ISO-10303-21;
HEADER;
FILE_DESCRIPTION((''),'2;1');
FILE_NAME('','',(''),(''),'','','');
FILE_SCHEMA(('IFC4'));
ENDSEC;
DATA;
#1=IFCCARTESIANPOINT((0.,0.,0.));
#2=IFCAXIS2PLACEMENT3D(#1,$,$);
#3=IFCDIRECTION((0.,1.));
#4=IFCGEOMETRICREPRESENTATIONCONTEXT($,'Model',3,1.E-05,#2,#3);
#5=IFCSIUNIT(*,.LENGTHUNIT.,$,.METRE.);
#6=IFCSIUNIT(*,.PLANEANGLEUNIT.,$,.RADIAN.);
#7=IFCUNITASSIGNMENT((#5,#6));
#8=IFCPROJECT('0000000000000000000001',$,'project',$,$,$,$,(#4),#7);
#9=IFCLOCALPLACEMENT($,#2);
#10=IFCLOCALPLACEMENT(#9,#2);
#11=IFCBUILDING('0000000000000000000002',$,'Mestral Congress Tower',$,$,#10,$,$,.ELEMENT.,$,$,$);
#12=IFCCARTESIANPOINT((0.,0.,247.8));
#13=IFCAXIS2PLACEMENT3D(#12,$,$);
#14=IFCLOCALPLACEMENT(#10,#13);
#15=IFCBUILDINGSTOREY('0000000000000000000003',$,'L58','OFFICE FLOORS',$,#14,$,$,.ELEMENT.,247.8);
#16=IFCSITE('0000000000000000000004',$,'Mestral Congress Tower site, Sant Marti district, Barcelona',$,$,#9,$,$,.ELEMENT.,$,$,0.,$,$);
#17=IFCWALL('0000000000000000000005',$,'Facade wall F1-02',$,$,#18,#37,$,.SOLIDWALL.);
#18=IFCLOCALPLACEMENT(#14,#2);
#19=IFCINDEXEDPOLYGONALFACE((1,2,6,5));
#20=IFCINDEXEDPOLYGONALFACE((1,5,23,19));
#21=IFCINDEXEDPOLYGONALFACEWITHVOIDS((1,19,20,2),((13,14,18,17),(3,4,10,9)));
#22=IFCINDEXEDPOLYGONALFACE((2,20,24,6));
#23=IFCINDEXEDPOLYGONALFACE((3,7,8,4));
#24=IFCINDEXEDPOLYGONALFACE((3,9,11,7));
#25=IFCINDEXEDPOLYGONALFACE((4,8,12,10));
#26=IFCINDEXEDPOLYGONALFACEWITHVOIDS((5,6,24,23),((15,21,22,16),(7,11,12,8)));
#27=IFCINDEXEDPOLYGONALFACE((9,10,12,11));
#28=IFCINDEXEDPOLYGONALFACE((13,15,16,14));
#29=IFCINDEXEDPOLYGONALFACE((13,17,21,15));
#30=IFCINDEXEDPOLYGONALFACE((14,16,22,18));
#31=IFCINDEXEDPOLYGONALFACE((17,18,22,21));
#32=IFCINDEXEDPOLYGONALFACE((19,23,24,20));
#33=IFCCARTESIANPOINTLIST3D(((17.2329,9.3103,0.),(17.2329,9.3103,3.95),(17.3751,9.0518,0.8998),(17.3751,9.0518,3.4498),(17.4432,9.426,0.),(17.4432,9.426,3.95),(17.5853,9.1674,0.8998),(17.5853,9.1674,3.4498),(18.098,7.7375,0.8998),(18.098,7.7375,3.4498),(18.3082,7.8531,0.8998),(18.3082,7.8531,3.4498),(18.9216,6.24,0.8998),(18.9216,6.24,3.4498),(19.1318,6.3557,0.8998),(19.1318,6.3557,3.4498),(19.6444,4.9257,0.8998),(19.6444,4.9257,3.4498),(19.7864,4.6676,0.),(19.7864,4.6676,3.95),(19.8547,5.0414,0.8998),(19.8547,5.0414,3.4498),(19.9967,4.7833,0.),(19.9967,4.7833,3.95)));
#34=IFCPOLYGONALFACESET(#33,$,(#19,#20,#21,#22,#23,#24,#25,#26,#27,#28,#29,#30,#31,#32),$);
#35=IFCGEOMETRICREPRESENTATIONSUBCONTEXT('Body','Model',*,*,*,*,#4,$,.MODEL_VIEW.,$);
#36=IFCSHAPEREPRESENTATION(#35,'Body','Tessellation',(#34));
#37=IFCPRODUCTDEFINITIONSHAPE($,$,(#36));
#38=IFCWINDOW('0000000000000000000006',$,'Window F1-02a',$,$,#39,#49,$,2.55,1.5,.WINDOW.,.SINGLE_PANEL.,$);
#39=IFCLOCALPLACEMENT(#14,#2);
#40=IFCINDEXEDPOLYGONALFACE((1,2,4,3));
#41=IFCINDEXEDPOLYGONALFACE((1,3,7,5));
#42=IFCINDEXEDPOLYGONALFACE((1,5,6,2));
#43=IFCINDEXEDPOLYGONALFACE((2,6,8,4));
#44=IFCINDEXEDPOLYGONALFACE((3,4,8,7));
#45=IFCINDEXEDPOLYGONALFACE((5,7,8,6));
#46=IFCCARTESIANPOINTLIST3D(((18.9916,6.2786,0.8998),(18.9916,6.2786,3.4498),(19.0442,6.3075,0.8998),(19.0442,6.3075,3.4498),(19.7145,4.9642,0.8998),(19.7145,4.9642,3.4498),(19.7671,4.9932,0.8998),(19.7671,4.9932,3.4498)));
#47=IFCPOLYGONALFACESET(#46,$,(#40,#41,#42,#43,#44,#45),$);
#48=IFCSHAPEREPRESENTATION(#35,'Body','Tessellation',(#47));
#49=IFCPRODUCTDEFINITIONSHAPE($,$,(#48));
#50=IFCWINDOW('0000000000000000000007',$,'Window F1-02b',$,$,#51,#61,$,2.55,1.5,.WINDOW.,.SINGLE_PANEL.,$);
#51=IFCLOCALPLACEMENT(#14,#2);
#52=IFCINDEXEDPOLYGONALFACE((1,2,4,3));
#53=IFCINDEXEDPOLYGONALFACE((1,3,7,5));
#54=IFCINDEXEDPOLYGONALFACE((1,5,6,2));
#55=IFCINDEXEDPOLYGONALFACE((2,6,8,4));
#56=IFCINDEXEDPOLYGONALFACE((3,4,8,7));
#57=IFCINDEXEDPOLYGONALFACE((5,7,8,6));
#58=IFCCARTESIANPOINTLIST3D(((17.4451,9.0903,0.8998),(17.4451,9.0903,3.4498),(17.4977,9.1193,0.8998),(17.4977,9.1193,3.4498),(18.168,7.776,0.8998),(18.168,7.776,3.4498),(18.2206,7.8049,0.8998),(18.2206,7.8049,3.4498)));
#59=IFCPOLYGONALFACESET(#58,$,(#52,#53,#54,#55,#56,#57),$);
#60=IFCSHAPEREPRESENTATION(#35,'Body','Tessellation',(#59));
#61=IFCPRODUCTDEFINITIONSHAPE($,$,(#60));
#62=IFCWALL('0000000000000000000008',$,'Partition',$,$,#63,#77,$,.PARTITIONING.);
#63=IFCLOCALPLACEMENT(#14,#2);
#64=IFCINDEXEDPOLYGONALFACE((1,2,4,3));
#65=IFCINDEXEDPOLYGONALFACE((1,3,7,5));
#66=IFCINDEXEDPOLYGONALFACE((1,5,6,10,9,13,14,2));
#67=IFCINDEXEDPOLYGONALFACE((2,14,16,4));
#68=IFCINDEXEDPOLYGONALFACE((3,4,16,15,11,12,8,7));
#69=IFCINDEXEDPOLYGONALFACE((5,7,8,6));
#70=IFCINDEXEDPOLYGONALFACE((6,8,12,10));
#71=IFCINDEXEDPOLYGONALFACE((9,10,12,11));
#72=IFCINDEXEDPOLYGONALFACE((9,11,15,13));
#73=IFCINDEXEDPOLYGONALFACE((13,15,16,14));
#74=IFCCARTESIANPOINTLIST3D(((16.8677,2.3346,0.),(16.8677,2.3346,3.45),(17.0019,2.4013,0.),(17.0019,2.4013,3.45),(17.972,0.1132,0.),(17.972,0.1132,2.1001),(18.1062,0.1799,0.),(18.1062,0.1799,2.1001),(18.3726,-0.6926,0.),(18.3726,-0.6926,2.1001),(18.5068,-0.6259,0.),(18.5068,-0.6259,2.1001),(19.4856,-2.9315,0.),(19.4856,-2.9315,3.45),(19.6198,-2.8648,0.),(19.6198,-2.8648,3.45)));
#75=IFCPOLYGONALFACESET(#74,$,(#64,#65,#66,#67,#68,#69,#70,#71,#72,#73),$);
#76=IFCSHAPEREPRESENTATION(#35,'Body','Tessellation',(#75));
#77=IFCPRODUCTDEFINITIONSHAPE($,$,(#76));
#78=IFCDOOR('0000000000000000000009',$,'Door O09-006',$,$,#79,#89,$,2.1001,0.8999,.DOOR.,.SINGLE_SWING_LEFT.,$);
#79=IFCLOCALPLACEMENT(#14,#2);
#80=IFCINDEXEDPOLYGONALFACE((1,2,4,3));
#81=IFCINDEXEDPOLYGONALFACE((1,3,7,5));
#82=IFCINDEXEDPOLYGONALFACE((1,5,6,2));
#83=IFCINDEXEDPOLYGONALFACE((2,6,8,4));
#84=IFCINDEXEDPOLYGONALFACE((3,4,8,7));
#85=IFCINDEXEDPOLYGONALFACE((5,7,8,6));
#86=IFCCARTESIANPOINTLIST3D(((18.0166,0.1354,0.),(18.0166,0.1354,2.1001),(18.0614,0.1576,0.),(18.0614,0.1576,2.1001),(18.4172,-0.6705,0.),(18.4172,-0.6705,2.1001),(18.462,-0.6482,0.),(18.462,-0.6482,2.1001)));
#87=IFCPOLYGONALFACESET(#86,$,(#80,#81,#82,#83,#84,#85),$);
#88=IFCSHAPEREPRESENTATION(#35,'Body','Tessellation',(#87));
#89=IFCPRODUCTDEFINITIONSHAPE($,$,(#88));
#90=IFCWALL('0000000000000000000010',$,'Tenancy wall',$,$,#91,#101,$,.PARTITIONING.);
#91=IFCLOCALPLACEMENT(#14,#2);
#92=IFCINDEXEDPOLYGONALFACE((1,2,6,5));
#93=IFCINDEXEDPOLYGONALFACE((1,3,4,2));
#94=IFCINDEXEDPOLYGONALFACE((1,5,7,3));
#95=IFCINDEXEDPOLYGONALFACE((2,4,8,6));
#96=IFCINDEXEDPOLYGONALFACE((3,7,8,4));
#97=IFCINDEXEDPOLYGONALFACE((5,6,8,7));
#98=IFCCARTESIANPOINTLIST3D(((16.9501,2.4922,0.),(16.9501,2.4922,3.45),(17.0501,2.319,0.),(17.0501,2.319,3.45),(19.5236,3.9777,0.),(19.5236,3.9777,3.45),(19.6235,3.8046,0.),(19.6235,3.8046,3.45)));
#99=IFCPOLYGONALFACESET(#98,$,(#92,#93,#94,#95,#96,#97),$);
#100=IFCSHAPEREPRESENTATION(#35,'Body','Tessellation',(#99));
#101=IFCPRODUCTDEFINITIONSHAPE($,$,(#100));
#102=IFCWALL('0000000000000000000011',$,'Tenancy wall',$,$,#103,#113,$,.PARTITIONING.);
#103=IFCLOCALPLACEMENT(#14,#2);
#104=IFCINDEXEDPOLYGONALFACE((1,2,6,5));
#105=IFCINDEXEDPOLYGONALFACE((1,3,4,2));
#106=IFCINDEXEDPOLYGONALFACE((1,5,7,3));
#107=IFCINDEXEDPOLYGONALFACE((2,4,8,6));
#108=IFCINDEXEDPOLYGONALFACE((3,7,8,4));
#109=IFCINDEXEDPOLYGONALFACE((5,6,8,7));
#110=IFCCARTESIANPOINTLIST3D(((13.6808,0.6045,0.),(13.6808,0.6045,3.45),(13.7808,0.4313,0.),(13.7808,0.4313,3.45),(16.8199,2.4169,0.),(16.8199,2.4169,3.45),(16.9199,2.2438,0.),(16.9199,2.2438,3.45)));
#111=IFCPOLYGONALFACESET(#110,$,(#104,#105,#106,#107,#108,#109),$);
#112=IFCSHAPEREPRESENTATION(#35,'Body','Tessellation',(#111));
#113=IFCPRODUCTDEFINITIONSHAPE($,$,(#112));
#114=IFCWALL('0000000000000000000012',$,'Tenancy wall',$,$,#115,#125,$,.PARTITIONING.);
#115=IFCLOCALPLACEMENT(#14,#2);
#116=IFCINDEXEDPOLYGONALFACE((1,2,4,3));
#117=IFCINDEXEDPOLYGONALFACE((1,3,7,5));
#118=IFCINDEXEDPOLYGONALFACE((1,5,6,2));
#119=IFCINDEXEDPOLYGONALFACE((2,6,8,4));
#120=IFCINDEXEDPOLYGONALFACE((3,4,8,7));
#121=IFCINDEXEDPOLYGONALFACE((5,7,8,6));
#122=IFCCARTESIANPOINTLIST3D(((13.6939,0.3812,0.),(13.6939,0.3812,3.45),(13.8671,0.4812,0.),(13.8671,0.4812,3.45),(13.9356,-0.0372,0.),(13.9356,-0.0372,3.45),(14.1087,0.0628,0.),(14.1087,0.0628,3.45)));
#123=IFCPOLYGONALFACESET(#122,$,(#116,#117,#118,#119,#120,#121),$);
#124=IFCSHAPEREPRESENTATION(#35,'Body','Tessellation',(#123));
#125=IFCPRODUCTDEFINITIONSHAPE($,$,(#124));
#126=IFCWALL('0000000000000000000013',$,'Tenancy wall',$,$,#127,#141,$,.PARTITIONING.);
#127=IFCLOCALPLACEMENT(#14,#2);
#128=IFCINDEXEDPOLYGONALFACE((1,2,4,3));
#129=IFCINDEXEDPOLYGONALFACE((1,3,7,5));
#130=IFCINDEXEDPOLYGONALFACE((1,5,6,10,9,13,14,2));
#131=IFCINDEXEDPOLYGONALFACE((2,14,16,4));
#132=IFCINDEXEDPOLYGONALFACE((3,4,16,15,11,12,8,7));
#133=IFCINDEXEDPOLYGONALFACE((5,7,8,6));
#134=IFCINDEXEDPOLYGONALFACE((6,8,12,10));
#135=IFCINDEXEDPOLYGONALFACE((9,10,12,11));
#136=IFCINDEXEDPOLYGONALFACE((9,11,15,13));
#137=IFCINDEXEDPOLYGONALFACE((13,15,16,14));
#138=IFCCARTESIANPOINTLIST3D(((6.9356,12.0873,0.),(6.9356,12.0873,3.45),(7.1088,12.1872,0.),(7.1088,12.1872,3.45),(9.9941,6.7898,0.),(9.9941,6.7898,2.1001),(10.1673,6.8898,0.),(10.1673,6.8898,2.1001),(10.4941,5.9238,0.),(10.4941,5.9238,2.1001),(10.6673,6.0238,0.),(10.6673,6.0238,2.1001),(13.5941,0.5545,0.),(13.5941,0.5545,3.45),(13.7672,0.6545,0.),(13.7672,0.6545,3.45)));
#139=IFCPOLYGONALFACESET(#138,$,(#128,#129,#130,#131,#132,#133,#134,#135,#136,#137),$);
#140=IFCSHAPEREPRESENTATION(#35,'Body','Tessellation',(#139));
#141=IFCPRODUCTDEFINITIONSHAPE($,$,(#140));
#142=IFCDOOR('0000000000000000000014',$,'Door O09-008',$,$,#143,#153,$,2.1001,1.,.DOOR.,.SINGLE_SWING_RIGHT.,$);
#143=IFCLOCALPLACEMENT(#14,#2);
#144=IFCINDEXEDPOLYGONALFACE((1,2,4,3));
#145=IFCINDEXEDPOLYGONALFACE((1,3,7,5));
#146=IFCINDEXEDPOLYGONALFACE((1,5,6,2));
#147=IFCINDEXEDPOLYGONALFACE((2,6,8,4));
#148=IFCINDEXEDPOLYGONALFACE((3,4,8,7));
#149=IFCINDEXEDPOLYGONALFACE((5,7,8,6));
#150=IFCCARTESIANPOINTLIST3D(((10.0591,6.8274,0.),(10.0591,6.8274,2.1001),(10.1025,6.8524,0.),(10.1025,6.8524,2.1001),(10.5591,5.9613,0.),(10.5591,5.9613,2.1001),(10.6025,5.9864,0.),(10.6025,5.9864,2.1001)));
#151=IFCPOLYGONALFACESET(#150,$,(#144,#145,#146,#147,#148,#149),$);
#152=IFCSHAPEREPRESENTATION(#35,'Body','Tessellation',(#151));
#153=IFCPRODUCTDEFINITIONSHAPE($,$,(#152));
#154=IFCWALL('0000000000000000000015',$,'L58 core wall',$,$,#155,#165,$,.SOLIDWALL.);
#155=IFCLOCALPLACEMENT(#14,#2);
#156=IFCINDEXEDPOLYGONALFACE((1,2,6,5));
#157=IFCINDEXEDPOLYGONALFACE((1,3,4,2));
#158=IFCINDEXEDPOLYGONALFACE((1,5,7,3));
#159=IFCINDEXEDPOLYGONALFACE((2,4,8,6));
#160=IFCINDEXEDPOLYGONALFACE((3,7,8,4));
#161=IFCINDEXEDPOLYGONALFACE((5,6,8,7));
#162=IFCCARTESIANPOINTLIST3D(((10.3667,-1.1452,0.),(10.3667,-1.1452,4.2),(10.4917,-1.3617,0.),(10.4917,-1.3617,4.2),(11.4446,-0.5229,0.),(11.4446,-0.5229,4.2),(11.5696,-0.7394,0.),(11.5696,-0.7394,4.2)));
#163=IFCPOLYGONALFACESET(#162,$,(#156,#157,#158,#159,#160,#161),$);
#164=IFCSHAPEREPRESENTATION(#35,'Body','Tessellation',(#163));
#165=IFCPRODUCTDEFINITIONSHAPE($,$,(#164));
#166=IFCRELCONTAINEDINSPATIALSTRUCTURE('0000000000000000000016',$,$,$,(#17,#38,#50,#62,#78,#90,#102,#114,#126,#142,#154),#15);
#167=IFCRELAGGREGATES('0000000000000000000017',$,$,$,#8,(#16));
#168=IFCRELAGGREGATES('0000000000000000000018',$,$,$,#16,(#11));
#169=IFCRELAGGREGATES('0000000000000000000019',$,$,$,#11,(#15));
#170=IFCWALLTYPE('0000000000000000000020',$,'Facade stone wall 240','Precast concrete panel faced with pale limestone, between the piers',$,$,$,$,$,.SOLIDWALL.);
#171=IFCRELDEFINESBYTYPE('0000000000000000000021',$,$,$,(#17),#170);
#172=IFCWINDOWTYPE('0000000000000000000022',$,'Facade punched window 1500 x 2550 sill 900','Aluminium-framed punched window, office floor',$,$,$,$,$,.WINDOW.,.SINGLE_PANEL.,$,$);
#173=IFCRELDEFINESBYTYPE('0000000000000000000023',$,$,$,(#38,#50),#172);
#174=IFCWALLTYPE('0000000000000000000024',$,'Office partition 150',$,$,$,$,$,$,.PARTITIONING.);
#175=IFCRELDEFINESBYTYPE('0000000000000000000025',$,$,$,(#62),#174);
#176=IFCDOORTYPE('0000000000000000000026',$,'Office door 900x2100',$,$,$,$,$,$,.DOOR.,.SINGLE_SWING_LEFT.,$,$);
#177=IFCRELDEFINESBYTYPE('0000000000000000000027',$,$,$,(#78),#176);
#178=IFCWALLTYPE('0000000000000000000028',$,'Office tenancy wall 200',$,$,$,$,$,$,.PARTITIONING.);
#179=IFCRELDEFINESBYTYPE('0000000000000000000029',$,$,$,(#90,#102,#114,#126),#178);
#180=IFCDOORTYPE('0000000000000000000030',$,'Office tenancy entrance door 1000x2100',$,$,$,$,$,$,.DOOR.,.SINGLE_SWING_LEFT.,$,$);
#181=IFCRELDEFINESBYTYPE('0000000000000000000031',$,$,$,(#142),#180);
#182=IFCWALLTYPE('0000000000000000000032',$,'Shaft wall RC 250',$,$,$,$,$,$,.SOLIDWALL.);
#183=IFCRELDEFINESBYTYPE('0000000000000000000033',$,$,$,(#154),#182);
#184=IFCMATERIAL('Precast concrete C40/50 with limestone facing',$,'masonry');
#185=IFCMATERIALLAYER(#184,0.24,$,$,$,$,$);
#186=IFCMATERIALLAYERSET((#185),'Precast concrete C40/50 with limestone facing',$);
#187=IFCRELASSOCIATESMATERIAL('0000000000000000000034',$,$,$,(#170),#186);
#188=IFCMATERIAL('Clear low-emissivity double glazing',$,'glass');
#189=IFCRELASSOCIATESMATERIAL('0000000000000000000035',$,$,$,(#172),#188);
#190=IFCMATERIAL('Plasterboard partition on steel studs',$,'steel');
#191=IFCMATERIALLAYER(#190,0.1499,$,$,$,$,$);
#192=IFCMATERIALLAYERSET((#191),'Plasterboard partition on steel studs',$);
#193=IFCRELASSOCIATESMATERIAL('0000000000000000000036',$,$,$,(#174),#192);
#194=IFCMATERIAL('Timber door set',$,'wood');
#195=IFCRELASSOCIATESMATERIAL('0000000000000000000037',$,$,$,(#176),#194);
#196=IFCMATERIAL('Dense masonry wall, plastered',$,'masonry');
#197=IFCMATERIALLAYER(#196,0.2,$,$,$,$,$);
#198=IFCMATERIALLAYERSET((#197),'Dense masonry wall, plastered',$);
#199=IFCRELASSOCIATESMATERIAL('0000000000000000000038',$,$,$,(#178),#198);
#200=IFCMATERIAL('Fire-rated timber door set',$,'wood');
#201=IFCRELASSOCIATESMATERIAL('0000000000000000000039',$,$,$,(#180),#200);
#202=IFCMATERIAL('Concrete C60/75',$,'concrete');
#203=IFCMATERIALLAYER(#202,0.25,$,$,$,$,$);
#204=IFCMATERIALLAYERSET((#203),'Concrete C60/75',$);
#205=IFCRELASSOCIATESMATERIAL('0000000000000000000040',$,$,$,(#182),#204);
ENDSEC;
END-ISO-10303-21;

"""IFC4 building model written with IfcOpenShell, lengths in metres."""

from ifc_helpers import new_model, si_unit, direction, frame, frame_2d, origin, place, context, subcontext, project, spatial, rectangle, extrude, material, layer, layer_set, type_object, element, fill, save


model = new_model("IFC4")

# Units and contexts
model_context = context("Model", 3, precision=1e-05, world=origin(), true_north=direction((0.0, 1.0)))
body_context = subcontext(model_context, "Body", "Model", "MODEL_VIEW")
ifc_project = project(units=[si_unit("LENGTHUNIT", "METRE"), si_unit("PLANEANGLEUNIT", "RADIAN")], contexts=[model_context])

# Site, building, storey
site_placement = place(None, origin())
site = spatial("IfcSite", under=ifc_project, at=site_placement, Name="Mestral Congress Tower site, Sant Marti district, Barcelona", CompositionType="ELEMENT", RefElevation=0.0)
building_placement = place(site_placement, origin())
building = spatial("IfcBuilding", under=site, at=building_placement, Name="Mestral Congress Tower", CompositionType="ELEMENT")
storey_placement = place(building_placement, frame((0.0, 0.0, 247.8)))
storey = spatial("IfcBuildingStorey", under=building, at=storey_placement, Name="L58", Description="OFFICE FLOORS", CompositionType="ELEMENT", Elevation=247.8)

# Shared definitions
ifc_material_1 = material(Name="Concrete C60/75", Category="concrete")

# Wall, openings, windows
ifc_material_2 = material(Name="Precast concrete C40/50 with limestone facing", Category="masonry")
ifc_layer_1 = layer(ifc_material_2, 0.24)
ifc_layer_set_1 = layer_set([ifc_layer_1], Name="Precast concrete C40/50 with limestone facing")
wall_type_1 = type_object("IfcWallType", Name="Facade stone wall 240", Description="Precast concrete panel faced with pale limestone, between the piers", PredefinedType="SOLIDWALL", material=ifc_layer_set_1)
ifc_material_3 = material(Name="Clear low-emissivity double glazing", Category="glass")
window_type = type_object("IfcWindowType", Name="Facade punched window 1500 x 2550 sill 900", Description="Aluminium-framed punched window, office floor", PartitioningType="SINGLE_PANEL", PredefinedType="WINDOW", material=ifc_material_3)
wall_1_placement = place(storey_placement, frame((19.8916, 4.7253, 0.0), z_axis=(0.0, 0.0, 1.0), x_axis=(-0.481926, 0.876212, 0.0)))
wall_1 = element("IfcWall", 1, at=wall_1_placement, inside=storey, type_object=wall_type_1, Name="Facade wall F1-02", PredefinedType="SOLIDWALL", context=body_context, shape_type="SweptSolid", body=[
    extrude(rectangle(XDim=5.2986, YDim=0.24, at=frame_2d((2.6494, 0.0))), origin(), (0.0, 0.0, 1.0), 3.95),
])
opening_1_placement = place(wall_1_placement, frame((0.2947, 0.0, 0.8999)))
opening_1 = element("IfcOpeningElement", 2, at=opening_1_placement, cuts=wall_1, PredefinedType="OPENING", context=body_context, shape_type="SweptSolid", body=[
    extrude(rectangle(XDim=1.5, YDim=2.55, at=frame_2d((0.75, 1.2749))), frame((0.0, 0.1299, 0.0), z_axis=(0.0, -1.0, 0.0), x_axis=(1.0, 0.0, 0.0)), (0.0, 0.0, 1.0), 0.26),
])
opening_2_placement = place(wall_1_placement, frame((3.5037, 0.0, 0.8999)))
opening_2 = element("IfcOpeningElement", 3, at=opening_2_placement, cuts=wall_1, PredefinedType="OPENING", context=body_context, shape_type="SweptSolid", body=[
    extrude(rectangle(XDim=1.5, YDim=2.55, at=frame_2d((0.75, 1.2749))), frame((0.0, 0.1299, 0.0), z_axis=(0.0, -1.0, 0.0), x_axis=(1.0, 0.0, 0.0)), (0.0, 0.0, 1.0), 0.26),
])
window_1_placement = place(opening_1_placement, origin())
window_1 = element("IfcWindow", 4, at=window_1_placement, inside=storey, type_object=window_type, Name="Window F1-02a", OverallHeight=2.55, OverallWidth=1.5, PartitioningType="SINGLE_PANEL", PredefinedType="WINDOW", context=body_context, shape_type="SweptSolid", body=[
    extrude(rectangle(XDim=1.5, YDim=2.55, at=frame_2d((0.75, 1.2749))), frame((0.0, 0.04, 0.0), z_axis=(0.0, -1.0, 0.0), x_axis=(1.0, 0.0, 0.0)), (0.0, 0.0, 1.0), 0.0601),
])
fill(opening_1, window_1)
window_2_placement = place(opening_2_placement, origin())
window_2 = element("IfcWindow", 5, at=window_2_placement, inside=storey, type_object=window_type, Name="Window F1-02b", OverallHeight=2.55, OverallWidth=1.5, PartitioningType="SINGLE_PANEL", PredefinedType="WINDOW", context=body_context, shape_type="SweptSolid", body=[
    extrude(rectangle(XDim=1.5, YDim=2.55, at=frame_2d((0.75, 1.2749))), frame((0.0, 0.04, 0.0), z_axis=(0.0, -1.0, 0.0), x_axis=(1.0, 0.0, 0.0)), (0.0, 0.0, 1.0), 0.0601),
])
fill(opening_2, window_2)

# Wall, opening, door
ifc_material_4 = material(Name="Plasterboard partition on steel studs", Category="steel")
ifc_layer_2 = layer(ifc_material_4, 0.1499)
ifc_layer_set_2 = layer_set([ifc_layer_2], Name="Plasterboard partition on steel studs")
wall_type_2 = type_object("IfcWallType", Name="Office partition 150", PredefinedType="PARTITIONING", material=ifc_layer_set_2)
wall_2_placement = place(storey_placement, frame((16.9348, 2.3679, 0.0), z_axis=(0.0, 0.0, 1.0), x_axis=(0.445153, -0.895454, 0.0)))
wall_2 = element("IfcWall", 6, at=wall_2_placement, inside=storey, type_object=wall_type_2, Name="Partition", PredefinedType="PARTITIONING", context=body_context, shape_type="SweptSolid", body=[
    extrude(rectangle(XDim=5.8809, YDim=0.1499, at=frame_2d((2.9404, 0.0))), origin(), (0.0, 0.0, 1.0), 3.45),
])
opening_3_placement = place(wall_2_placement, frame((2.4807, 0.0, 0.0)))
opening_3 = element("IfcOpeningElement", 7, at=opening_3_placement, cuts=wall_2, PredefinedType="OPENING", context=body_context, shape_type="SweptSolid", body=[
    extrude(rectangle(XDim=0.8999, YDim=2.1001, at=frame_2d((0.45, 1.05))), frame((0.0, 0.085, 0.0), z_axis=(0.0, -1.0, 0.0), x_axis=(1.0, 0.0, 0.0)), (0.0, 0.0, 1.0), 0.1699),
])
ifc_material_5 = material(Name="Timber door set", Category="wood")
door_type_1 = type_object("IfcDoorType", Name="Office door 900x2100", OperationType="SINGLE_SWING_LEFT", PredefinedType="DOOR", material=ifc_material_5)
door_1_placement = place(opening_3_placement, origin())
door_1 = element("IfcDoor", 8, at=door_1_placement, inside=storey, type_object=door_type_1, Name="Door O09-006", OperationType="SINGLE_SWING_LEFT", OverallHeight=2.1001, OverallWidth=0.8999, PredefinedType="DOOR", context=body_context, shape_type="SweptSolid", body=[
    extrude(rectangle(XDim=0.8999, YDim=2.1001, at=frame_2d((0.45, 1.05))), frame((0.0, 0.0249, 0.0), z_axis=(0.0, -1.0, 0.0), x_axis=(1.0, 0.0, 0.0)), (0.0, 0.0, 1.0), 0.05),
])
fill(opening_3, door_1)

# Walls
ifc_material_6 = material(Name="Dense masonry wall, plastered", Category="masonry")
ifc_layer_3 = layer(ifc_material_6, 0.2)
ifc_layer_set_3 = layer_set([ifc_layer_3], Name="Dense masonry wall, plastered")
wall_type_3 = type_object("IfcWallType", Name="Office tenancy wall 200", PredefinedType="PARTITIONING", material=ifc_layer_set_3)
wall_3_placement = place(storey_placement, frame((17.0, 2.4055, 0.0), z_axis=(0.0, 0.0, 1.0), x_axis=(0.866056, 0.499948, 0.0)))
element("IfcWall", 9, at=wall_3_placement, inside=storey, type_object=wall_type_3, Name="Tenancy wall", PredefinedType="PARTITIONING", context=body_context, shape_type="SweptSolid", body=[
    extrude(rectangle(XDim=2.9714, YDim=0.2, at=frame_2d((1.4858, 0.0))), origin(), (0.0, 0.0, 1.0), 3.45),
])
wall_4_placement = place(storey_placement, frame((13.7307, 0.5178, 0.0), z_axis=(0.0, 0.0, 1.0), x_axis=(0.866013, 0.500022, 0.0)))
element("IfcWall", 10, at=wall_4_placement, inside=storey, type_object=wall_type_3, Name="Tenancy wall", PredefinedType="PARTITIONING", context=body_context, shape_type="SweptSolid", body=[
    extrude(rectangle(XDim=3.6248, YDim=0.2, at=frame_2d((1.8125, 0.0))), origin(), (0.0, 0.0, 1.0), 3.45),
])
wall_5_placement = place(storey_placement, frame((14.0222, 0.0127, 0.0), z_axis=(0.0, 0.0, 1.0), x_axis=(-0.50016, 0.865933, 0.0)))
element("IfcWall", 11, at=wall_5_placement, inside=storey, type_object=wall_type_3, Name="Tenancy wall", PredefinedType="PARTITIONING", context=body_context, shape_type="SweptSolid", body=[
    extrude(rectangle(XDim=0.4832, YDim=0.2, at=frame_2d((0.2417, 0.0))), origin(), (0.0, 0.0, 1.0), 3.45),
])

# Wall, opening, door
wall_6_placement = place(storey_placement, frame((13.6807, 0.6045, 0.0), z_axis=(0.0, 0.0, 1.0), x_axis=(-0.500002, 0.866024, 0.0)))
wall_6 = element("IfcWall", 12, at=wall_6_placement, inside=storey, type_object=wall_type_3, Name="Tenancy wall", PredefinedType="PARTITIONING", context=body_context, shape_type="SweptSolid", body=[
    extrude(rectangle(XDim=13.3169, YDim=0.2, at=frame_2d((6.6584, 0.0))), origin(), (0.0, 0.0, 1.0), 3.45),
])
opening_4_placement = place(wall_6_placement, frame((6.2, 0.0, 0.0)))
opening_4 = element("IfcOpeningElement", 13, at=opening_4_placement, cuts=wall_6, PredefinedType="OPENING", context=body_context, shape_type="SweptSolid", body=[
    extrude(rectangle(XDim=1.0, YDim=2.1001, at=frame_2d((0.5, 1.05))), frame((0.0, 0.1099, 0.0), z_axis=(0.0, -1.0, 0.0), x_axis=(1.0, 0.0, 0.0)), (0.0, 0.0, 1.0), 0.22),
])
ifc_material_7 = material(Name="Fire-rated timber door set", Category="wood")
door_type_2 = type_object("IfcDoorType", Name="Office tenancy entrance door 1000x2100", OperationType="SINGLE_SWING_LEFT", PredefinedType="DOOR", material=ifc_material_7)
door_2_placement = place(opening_4_placement, origin())
door_2 = element("IfcDoor", 14, at=door_2_placement, inside=storey, type_object=door_type_2, Name="Door O09-008", OperationType="SINGLE_SWING_RIGHT", OverallHeight=2.1001, OverallWidth=1.0, PredefinedType="DOOR", context=body_context, shape_type="SweptSolid", body=[
    extrude(rectangle(XDim=1.0, YDim=2.1001, at=frame_2d((0.5, 1.05))), frame((0.0, 0.0249, 0.0), z_axis=(0.0, -1.0, 0.0), x_axis=(1.0, 0.0, 0.0)), (0.0, 0.0, 1.0), 0.05),
])
fill(opening_4, door_2)

# Wall
ifc_layer_4 = layer(ifc_material_1, 0.25)
ifc_layer_set_4 = layer_set([ifc_layer_4], Name="Concrete C60/75")
wall_type_4 = type_object("IfcWallType", Name="Shaft wall RC 250", PredefinedType="SOLIDWALL", material=ifc_layer_set_4)
wall_7_placement = place(storey_placement, frame((11.5071, -0.6311, 0.0), z_axis=(0.0, 0.0, 1.0), x_axis=(-0.866026, -0.5, 0.0)))
element("IfcWall", 15, at=wall_7_placement, inside=storey, type_object=wall_type_4, Name="L58 core wall", PredefinedType="SOLIDWALL", context=body_context, shape_type="SweptSolid", body=[
    extrude(rectangle(XDim=1.2446, YDim=0.25, at=frame_2d((0.6223, 0.0))), origin(), (0.0, 0.0, 1.0), 4.2),
])

save(model, "model.ifc")
